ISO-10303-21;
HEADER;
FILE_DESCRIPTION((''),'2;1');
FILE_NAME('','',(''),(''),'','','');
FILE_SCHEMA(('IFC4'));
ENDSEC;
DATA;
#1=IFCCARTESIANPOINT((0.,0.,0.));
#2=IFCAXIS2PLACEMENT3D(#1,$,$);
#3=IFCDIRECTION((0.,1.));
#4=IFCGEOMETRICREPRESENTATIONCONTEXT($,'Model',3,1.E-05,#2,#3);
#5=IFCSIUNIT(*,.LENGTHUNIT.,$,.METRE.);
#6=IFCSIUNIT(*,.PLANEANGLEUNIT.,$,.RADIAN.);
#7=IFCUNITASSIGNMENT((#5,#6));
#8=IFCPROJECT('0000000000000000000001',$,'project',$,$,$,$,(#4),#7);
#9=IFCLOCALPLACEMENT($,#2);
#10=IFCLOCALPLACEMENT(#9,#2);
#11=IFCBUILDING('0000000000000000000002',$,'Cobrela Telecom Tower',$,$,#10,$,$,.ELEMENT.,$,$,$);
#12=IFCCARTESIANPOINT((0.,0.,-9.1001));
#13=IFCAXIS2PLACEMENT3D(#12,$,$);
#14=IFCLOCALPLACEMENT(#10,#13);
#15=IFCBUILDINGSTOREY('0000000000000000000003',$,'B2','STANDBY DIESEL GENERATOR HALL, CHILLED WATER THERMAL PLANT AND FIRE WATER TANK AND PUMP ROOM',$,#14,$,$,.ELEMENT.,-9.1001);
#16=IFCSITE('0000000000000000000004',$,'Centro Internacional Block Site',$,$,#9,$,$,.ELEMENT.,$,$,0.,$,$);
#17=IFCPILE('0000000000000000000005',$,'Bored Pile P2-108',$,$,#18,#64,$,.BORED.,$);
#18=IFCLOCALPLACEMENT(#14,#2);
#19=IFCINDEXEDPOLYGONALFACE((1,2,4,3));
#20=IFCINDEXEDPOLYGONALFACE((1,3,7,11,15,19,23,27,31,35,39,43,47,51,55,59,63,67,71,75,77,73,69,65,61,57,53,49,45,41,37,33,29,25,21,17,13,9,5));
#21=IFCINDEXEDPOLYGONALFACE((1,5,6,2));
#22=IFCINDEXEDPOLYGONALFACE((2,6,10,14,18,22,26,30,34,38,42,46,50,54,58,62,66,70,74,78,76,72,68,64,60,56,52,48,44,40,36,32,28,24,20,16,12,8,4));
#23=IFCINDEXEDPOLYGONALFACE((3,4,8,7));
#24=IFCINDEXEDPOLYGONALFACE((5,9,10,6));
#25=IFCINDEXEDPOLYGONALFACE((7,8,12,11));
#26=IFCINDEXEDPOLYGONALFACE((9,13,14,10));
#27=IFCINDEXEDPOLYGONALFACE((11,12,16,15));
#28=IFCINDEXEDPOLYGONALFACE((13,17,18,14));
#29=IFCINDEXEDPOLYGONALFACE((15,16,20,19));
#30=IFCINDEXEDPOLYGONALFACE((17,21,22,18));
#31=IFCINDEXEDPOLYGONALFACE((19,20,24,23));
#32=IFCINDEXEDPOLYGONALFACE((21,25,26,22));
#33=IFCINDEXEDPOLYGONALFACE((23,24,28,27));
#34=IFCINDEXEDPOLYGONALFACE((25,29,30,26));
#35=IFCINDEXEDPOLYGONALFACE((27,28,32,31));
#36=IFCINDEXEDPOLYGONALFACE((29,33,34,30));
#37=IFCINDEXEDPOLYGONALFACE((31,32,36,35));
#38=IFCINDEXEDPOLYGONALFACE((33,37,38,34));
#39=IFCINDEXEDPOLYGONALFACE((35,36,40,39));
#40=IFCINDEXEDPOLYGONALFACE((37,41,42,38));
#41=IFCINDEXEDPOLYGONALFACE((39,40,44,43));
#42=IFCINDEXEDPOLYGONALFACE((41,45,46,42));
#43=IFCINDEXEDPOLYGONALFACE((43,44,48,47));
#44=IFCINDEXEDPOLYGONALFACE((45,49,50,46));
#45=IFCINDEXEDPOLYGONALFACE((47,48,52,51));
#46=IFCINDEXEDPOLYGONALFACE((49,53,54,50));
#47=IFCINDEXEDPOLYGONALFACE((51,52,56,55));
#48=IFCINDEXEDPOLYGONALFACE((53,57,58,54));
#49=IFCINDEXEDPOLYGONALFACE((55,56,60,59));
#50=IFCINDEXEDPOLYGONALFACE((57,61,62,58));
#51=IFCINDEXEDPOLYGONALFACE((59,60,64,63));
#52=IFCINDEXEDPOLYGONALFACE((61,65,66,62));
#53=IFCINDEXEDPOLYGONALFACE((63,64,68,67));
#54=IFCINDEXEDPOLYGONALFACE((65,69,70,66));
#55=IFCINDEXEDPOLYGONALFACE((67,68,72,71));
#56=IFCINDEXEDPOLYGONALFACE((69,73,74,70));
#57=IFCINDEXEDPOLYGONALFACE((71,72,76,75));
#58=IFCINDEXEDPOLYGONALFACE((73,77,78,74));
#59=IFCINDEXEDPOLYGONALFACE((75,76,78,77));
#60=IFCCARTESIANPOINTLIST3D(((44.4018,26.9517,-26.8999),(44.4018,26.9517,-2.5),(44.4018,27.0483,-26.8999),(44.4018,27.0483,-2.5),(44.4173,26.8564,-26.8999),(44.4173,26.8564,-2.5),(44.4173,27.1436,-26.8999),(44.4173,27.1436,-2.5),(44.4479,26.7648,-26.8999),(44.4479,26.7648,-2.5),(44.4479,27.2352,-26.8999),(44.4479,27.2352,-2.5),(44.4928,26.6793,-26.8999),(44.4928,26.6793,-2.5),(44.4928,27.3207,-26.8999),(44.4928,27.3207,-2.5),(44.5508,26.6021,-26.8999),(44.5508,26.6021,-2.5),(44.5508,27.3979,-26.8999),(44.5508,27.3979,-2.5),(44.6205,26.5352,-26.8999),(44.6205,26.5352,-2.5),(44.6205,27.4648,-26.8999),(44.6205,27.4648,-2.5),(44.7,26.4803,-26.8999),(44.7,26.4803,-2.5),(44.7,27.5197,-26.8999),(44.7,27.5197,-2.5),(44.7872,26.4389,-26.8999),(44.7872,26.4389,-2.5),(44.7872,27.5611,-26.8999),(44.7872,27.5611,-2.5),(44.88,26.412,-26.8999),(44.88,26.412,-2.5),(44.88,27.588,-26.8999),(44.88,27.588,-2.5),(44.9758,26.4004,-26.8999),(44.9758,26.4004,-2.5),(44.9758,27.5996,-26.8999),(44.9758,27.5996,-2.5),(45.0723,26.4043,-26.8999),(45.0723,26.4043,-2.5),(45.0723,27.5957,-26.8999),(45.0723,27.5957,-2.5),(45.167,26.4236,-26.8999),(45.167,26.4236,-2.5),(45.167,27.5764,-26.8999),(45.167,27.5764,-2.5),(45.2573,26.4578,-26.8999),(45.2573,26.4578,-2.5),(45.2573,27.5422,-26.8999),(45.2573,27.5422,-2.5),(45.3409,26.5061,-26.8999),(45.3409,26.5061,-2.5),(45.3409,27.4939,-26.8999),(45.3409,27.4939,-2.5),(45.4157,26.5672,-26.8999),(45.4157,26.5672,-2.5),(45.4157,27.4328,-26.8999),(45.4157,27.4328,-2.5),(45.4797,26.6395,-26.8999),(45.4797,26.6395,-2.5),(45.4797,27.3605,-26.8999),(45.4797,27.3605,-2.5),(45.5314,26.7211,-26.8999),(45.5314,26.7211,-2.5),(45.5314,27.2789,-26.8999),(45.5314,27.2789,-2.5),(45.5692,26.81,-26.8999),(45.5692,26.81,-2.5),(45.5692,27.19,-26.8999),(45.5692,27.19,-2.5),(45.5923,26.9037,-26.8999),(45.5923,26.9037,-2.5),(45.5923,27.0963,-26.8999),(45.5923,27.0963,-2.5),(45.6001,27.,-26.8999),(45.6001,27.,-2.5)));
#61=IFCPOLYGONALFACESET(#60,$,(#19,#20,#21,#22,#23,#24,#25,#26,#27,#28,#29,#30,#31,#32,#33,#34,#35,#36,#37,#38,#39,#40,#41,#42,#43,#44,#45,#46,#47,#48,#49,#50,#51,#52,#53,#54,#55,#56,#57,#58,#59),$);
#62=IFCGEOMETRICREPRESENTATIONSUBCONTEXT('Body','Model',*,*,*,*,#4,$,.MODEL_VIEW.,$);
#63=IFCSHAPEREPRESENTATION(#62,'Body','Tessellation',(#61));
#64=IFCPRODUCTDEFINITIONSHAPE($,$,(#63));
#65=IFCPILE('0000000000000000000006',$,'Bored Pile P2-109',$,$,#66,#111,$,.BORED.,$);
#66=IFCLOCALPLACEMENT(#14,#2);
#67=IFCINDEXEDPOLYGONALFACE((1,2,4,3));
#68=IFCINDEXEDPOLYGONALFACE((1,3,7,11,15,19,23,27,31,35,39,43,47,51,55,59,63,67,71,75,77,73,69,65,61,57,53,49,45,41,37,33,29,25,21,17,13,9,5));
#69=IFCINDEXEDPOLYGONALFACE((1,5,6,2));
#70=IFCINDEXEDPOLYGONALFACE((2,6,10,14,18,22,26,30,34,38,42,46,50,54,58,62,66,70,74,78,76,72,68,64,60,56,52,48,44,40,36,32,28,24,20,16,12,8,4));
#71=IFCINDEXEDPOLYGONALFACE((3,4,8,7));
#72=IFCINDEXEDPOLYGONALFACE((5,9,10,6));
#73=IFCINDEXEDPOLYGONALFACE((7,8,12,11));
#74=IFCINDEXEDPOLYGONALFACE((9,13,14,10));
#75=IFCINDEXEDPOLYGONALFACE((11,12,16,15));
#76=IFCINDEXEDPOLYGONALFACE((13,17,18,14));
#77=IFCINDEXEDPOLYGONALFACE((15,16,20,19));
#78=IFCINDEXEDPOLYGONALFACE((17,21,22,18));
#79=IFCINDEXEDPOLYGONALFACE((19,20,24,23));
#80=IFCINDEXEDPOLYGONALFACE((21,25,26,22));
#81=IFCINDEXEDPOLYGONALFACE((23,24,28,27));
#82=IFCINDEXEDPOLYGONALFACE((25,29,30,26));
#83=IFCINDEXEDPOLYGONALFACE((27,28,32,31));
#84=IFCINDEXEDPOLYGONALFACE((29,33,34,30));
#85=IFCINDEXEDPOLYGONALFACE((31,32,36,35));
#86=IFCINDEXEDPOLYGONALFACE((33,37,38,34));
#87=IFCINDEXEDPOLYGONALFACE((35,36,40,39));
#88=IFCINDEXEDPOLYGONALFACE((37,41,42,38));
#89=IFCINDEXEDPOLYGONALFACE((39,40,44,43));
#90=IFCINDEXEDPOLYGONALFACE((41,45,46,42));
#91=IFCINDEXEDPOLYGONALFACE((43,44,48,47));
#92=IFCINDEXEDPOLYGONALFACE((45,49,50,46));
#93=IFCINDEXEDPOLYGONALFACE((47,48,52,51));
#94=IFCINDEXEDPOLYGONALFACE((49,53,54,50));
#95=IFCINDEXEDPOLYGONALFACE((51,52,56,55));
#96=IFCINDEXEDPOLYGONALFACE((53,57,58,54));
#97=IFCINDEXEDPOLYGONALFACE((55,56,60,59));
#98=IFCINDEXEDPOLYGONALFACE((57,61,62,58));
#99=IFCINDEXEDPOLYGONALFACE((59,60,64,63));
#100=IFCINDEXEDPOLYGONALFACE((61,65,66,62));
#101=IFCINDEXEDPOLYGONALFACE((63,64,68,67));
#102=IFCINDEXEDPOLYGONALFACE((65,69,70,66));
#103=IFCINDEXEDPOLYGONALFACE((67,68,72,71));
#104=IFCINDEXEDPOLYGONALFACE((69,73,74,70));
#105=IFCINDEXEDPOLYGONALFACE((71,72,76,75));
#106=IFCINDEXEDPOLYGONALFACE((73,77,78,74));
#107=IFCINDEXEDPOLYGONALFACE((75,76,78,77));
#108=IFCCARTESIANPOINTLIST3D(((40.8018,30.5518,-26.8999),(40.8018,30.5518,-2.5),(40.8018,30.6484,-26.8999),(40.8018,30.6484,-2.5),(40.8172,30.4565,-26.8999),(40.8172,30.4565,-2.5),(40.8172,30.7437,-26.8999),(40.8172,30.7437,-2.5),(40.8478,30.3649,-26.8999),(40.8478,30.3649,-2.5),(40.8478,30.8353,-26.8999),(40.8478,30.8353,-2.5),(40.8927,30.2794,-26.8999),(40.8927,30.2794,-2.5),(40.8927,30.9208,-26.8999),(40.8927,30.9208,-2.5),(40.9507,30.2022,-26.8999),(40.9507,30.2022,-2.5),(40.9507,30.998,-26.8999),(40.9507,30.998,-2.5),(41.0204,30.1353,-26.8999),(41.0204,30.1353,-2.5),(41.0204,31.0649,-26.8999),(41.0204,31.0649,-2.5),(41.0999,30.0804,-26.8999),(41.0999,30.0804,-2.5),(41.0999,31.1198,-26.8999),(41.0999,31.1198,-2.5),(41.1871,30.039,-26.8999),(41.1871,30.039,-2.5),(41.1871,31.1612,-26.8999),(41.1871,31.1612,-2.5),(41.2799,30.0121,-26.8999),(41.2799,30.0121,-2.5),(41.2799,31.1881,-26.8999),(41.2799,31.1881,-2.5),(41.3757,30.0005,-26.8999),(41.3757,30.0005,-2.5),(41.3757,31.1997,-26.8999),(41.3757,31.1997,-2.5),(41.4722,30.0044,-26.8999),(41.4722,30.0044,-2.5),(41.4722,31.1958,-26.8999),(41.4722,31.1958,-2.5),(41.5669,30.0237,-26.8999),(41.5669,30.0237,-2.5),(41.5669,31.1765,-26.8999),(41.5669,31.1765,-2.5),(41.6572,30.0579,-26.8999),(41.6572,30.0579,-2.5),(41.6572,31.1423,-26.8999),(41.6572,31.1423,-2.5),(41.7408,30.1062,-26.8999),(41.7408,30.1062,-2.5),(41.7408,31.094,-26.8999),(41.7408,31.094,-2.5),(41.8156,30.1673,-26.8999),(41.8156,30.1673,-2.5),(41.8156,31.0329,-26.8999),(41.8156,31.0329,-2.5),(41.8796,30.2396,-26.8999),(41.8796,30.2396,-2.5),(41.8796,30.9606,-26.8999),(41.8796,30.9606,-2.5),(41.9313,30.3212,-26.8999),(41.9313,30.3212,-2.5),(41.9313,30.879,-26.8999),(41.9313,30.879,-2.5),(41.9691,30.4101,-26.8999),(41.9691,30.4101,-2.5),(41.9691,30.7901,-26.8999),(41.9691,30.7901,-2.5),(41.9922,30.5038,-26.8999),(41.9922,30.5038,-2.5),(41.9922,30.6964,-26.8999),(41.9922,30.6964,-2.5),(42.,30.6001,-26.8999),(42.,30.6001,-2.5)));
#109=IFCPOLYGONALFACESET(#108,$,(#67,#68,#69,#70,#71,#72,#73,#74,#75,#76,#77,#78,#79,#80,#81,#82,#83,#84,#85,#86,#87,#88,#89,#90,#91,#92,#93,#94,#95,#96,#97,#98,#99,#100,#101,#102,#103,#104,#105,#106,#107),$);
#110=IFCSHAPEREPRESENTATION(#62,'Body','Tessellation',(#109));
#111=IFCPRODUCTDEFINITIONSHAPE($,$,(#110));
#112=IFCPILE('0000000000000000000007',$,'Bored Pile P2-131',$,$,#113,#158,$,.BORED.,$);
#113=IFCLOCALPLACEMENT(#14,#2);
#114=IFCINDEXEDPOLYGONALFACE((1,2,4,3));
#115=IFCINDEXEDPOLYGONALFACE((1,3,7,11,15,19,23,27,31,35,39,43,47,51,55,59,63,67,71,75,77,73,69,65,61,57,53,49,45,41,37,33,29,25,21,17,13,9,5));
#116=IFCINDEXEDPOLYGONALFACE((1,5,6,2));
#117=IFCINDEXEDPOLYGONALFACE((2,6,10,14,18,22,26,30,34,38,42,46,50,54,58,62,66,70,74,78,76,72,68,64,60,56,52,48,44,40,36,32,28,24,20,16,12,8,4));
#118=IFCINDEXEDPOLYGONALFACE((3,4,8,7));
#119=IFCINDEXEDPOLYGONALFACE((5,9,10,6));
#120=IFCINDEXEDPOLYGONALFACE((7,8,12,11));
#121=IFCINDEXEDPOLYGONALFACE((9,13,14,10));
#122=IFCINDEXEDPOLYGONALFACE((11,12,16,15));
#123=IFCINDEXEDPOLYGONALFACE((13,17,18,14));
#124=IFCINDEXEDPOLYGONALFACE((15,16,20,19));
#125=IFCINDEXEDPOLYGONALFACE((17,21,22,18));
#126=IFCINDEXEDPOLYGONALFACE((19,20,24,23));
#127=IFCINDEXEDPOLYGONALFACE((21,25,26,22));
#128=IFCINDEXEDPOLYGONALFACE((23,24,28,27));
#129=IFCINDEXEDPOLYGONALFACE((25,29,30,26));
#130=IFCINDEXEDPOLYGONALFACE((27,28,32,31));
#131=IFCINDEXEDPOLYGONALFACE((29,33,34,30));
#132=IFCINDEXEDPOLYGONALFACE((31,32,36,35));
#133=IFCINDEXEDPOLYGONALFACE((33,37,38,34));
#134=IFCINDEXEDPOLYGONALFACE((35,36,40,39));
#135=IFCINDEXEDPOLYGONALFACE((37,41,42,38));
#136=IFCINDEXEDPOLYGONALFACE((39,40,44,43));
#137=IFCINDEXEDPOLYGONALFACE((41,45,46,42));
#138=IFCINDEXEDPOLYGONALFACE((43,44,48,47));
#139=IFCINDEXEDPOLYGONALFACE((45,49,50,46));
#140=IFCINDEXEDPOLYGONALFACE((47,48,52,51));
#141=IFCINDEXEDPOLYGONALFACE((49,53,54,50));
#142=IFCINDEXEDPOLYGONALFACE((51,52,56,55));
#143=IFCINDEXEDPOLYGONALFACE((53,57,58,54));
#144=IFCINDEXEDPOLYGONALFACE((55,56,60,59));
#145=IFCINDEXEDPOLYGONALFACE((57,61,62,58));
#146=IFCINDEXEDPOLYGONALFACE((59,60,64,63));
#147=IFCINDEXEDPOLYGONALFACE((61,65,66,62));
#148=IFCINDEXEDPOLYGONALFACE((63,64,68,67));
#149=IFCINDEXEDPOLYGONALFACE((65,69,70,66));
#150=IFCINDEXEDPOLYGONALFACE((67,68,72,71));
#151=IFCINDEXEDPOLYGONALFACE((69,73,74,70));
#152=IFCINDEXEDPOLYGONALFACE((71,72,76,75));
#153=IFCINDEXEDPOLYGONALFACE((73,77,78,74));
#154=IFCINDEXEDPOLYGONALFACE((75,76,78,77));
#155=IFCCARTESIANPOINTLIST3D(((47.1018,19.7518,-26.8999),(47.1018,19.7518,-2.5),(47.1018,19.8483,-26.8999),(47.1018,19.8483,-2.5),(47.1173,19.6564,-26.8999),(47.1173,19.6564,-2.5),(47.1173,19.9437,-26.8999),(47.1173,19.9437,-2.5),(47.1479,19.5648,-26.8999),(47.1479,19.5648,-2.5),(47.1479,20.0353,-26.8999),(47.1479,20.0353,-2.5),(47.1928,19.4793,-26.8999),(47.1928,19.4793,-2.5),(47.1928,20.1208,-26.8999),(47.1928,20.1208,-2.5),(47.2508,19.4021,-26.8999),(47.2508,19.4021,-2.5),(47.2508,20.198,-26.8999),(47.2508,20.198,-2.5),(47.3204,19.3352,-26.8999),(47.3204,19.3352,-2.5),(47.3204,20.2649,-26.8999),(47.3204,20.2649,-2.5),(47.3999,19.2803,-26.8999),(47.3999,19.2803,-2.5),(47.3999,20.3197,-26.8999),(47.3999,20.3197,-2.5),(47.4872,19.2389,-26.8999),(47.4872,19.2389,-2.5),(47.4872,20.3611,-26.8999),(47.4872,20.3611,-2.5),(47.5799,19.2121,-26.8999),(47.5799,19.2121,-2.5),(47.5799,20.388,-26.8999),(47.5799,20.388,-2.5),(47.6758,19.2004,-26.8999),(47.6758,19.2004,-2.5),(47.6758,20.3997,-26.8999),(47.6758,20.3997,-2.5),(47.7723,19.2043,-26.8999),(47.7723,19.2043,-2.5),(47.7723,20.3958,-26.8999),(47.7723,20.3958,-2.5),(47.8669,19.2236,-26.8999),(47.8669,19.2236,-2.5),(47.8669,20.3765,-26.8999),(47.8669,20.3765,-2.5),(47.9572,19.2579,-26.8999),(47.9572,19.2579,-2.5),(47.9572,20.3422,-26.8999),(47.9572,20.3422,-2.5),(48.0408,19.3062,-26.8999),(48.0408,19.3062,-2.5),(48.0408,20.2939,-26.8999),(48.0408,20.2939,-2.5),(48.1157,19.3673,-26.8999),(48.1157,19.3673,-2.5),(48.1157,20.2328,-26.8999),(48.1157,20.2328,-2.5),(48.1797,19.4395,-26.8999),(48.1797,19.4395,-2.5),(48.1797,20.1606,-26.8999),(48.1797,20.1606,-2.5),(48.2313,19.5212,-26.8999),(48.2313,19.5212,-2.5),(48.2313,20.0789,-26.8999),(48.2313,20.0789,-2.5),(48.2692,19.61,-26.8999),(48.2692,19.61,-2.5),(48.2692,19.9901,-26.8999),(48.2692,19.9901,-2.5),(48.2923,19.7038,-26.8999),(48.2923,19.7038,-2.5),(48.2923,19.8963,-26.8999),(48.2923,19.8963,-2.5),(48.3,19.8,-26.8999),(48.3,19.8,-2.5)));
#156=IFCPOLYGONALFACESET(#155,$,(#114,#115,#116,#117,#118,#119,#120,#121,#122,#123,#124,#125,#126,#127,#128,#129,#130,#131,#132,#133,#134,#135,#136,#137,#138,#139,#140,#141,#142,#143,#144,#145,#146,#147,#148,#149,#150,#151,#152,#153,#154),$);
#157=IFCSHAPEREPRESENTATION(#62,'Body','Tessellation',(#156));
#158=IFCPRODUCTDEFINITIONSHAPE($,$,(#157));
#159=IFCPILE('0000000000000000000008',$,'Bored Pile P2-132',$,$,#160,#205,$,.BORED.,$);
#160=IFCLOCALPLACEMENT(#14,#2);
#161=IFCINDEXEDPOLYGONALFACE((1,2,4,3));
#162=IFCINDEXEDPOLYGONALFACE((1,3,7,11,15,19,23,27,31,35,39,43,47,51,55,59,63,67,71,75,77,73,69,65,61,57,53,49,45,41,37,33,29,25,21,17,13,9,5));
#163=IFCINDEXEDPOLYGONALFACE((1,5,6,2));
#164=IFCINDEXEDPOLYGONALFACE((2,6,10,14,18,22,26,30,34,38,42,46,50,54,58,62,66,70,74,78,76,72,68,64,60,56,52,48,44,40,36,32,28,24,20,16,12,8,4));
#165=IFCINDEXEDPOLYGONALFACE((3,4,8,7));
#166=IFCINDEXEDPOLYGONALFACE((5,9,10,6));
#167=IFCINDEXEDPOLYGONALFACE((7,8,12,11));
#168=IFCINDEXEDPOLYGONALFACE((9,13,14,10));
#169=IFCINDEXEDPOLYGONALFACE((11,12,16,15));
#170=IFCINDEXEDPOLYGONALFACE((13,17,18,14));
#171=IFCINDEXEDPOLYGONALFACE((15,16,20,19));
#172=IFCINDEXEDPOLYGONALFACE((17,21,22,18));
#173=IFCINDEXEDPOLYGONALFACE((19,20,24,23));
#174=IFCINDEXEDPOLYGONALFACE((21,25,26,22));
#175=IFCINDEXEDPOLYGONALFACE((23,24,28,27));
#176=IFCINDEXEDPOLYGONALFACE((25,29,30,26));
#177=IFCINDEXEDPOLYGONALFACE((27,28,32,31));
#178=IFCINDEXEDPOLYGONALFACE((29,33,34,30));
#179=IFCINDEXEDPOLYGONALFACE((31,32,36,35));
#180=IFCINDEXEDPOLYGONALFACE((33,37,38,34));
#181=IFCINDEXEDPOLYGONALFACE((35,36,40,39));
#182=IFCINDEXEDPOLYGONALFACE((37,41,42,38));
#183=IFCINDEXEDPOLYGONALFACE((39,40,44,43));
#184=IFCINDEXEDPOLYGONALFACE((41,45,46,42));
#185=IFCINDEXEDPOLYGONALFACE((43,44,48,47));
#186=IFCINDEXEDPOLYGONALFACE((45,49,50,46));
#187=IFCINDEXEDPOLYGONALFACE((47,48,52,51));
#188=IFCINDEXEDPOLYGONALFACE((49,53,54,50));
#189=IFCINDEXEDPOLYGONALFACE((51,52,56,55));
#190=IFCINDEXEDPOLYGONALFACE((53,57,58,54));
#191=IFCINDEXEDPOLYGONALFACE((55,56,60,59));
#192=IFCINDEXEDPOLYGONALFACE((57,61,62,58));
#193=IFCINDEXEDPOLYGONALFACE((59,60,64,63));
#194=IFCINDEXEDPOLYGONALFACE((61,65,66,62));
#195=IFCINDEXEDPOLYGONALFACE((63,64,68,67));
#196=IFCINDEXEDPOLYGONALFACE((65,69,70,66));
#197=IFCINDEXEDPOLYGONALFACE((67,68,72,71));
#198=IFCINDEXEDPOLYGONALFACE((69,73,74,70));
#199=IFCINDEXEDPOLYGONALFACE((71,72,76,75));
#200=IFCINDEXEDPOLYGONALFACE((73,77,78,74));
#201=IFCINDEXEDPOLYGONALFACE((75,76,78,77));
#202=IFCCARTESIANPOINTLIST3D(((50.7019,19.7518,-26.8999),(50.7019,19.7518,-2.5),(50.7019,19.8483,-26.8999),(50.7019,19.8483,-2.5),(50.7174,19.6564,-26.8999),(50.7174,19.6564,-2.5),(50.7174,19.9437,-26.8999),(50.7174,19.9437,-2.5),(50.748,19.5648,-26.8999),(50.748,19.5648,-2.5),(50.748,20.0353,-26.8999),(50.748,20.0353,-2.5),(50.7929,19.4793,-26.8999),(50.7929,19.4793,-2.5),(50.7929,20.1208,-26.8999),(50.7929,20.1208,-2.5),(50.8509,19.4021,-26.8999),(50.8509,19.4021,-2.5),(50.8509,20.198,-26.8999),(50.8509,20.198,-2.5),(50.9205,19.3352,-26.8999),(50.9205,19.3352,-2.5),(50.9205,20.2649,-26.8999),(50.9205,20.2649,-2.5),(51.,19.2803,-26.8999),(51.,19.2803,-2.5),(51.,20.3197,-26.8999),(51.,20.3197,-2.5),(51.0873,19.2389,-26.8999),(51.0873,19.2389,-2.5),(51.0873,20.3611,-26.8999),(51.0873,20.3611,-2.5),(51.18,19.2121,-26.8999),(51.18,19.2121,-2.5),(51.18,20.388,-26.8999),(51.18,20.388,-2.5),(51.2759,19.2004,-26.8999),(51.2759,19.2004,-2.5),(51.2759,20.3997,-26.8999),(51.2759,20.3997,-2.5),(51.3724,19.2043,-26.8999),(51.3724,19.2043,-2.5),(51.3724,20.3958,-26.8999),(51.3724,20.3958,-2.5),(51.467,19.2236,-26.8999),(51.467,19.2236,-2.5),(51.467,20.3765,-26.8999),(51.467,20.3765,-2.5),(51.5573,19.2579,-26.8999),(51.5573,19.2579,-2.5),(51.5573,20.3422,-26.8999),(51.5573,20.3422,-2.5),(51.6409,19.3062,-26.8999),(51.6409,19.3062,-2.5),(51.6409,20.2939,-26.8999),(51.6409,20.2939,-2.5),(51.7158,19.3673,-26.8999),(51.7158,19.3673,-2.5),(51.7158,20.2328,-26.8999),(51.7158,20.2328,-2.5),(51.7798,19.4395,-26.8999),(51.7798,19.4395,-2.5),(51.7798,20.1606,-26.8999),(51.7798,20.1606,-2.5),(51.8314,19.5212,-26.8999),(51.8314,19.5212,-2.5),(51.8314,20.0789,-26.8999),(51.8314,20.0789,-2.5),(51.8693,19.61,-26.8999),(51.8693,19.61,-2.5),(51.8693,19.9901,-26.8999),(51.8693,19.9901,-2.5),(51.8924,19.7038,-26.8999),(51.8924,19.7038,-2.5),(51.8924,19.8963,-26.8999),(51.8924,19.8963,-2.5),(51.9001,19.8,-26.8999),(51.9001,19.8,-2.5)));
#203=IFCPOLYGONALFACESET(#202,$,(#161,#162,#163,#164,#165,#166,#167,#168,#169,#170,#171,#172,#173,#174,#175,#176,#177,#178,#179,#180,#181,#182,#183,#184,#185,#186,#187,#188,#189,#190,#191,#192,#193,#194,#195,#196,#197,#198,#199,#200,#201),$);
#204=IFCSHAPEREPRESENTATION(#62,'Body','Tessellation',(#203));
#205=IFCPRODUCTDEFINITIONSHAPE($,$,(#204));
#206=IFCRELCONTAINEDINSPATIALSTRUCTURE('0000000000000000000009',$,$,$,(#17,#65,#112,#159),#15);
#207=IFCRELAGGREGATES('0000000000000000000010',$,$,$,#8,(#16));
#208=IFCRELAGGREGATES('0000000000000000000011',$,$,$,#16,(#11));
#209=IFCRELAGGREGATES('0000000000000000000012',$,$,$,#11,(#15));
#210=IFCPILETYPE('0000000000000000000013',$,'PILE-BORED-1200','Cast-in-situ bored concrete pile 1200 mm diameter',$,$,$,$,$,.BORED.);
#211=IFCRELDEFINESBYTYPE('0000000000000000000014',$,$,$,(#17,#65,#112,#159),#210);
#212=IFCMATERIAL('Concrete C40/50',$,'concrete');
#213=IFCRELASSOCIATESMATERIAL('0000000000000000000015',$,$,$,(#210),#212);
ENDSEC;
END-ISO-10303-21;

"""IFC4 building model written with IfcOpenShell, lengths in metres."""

from ifc_helpers import new_model, si_unit, direction, frame, origin, origin_2d, place, context, subcontext, project, spatial, circle, extrude, material, material_profile, profile_set, type_object, element, save


model = new_model("IFC4")

# Units and contexts
model_context = context("Model", 3, precision=1e-05, world=origin(), true_north=direction((0.0, 1.0)))
body_context = subcontext(model_context, "Body", "Model", "MODEL_VIEW")
ifc_project = project(units=[si_unit("LENGTHUNIT", "METRE"), si_unit("PLANEANGLEUNIT", "RADIAN")], contexts=[model_context])

# Site, building, storey
site_placement = place(None, origin())
site = spatial("IfcSite", under=ifc_project, at=site_placement, Name="Centro Internacional Block Site", CompositionType="ELEMENT", RefElevation=0.0)
building_placement = place(site_placement, origin())
building = spatial("IfcBuilding", under=site, at=building_placement, Name="Cobrela Telecom Tower", CompositionType="ELEMENT")
storey_placement = place(building_placement, frame((0.0, 0.0, -9.1001)))
storey = spatial("IfcBuildingStorey", under=building, at=storey_placement, Name="B2", Description="STANDBY DIESEL GENERATOR HALL, CHILLED WATER THERMAL PLANT AND FIRE WATER TANK AND PUMP ROOM", CompositionType="ELEMENT", Elevation=-9.1001)

# Shared definitions
ifc_material_1 = material(Name="Concrete C40/50", Category="concrete")

# Piles
ifc_material_profile_1 = material_profile(ifc_material_1, circle(Radius=0.6001, at=origin_2d()), Name="BORED PILE D1200")
ifc_profile_set_1 = profile_set([ifc_material_profile_1], Name="Concrete C40/50")
pile_type = type_object("IfcPileType", Name="PILE-BORED-1200", Description="Cast-in-situ bored concrete pile 1200 mm diameter", PredefinedType="BORED", material=ifc_profile_set_1)
for number, where, z_axis, x_axis, name in (
    (1, (45.0, 27.0, -2.5), (0.0, 0.0, -1.0), (1.0, 0.0, 0.0), "Bored Pile P2-108"),
    (2, (41.3999, 30.6001, -2.5), (0.0, 0.0, -1.0), (1.0, 0.0, 0.0), "Bored Pile P2-109"),
    (3, (47.7, 19.8, -2.5), (0.0, 0.0, -1.0), (1.0, 0.0, 0.0), "Bored Pile P2-131"),
    (4, (51.3, 19.8, -2.5), (0.0, 0.0, -1.0), (1.0, 0.0, 0.0), "Bored Pile P2-132"),
):
    element("IfcPile", number, at=place(storey_placement, frame(where, z_axis=z_axis, x_axis=x_axis)), inside=storey, type_object=pile_type, Name=name, PredefinedType="BORED", context=body_context, shape_type="SweptSolid", body=[
        extrude(circle(Radius=0.6001, at=origin_2d()), origin(), (0.0, 0.0, 1.0), 24.3999),
    ])

save(model, "model.ifc")
